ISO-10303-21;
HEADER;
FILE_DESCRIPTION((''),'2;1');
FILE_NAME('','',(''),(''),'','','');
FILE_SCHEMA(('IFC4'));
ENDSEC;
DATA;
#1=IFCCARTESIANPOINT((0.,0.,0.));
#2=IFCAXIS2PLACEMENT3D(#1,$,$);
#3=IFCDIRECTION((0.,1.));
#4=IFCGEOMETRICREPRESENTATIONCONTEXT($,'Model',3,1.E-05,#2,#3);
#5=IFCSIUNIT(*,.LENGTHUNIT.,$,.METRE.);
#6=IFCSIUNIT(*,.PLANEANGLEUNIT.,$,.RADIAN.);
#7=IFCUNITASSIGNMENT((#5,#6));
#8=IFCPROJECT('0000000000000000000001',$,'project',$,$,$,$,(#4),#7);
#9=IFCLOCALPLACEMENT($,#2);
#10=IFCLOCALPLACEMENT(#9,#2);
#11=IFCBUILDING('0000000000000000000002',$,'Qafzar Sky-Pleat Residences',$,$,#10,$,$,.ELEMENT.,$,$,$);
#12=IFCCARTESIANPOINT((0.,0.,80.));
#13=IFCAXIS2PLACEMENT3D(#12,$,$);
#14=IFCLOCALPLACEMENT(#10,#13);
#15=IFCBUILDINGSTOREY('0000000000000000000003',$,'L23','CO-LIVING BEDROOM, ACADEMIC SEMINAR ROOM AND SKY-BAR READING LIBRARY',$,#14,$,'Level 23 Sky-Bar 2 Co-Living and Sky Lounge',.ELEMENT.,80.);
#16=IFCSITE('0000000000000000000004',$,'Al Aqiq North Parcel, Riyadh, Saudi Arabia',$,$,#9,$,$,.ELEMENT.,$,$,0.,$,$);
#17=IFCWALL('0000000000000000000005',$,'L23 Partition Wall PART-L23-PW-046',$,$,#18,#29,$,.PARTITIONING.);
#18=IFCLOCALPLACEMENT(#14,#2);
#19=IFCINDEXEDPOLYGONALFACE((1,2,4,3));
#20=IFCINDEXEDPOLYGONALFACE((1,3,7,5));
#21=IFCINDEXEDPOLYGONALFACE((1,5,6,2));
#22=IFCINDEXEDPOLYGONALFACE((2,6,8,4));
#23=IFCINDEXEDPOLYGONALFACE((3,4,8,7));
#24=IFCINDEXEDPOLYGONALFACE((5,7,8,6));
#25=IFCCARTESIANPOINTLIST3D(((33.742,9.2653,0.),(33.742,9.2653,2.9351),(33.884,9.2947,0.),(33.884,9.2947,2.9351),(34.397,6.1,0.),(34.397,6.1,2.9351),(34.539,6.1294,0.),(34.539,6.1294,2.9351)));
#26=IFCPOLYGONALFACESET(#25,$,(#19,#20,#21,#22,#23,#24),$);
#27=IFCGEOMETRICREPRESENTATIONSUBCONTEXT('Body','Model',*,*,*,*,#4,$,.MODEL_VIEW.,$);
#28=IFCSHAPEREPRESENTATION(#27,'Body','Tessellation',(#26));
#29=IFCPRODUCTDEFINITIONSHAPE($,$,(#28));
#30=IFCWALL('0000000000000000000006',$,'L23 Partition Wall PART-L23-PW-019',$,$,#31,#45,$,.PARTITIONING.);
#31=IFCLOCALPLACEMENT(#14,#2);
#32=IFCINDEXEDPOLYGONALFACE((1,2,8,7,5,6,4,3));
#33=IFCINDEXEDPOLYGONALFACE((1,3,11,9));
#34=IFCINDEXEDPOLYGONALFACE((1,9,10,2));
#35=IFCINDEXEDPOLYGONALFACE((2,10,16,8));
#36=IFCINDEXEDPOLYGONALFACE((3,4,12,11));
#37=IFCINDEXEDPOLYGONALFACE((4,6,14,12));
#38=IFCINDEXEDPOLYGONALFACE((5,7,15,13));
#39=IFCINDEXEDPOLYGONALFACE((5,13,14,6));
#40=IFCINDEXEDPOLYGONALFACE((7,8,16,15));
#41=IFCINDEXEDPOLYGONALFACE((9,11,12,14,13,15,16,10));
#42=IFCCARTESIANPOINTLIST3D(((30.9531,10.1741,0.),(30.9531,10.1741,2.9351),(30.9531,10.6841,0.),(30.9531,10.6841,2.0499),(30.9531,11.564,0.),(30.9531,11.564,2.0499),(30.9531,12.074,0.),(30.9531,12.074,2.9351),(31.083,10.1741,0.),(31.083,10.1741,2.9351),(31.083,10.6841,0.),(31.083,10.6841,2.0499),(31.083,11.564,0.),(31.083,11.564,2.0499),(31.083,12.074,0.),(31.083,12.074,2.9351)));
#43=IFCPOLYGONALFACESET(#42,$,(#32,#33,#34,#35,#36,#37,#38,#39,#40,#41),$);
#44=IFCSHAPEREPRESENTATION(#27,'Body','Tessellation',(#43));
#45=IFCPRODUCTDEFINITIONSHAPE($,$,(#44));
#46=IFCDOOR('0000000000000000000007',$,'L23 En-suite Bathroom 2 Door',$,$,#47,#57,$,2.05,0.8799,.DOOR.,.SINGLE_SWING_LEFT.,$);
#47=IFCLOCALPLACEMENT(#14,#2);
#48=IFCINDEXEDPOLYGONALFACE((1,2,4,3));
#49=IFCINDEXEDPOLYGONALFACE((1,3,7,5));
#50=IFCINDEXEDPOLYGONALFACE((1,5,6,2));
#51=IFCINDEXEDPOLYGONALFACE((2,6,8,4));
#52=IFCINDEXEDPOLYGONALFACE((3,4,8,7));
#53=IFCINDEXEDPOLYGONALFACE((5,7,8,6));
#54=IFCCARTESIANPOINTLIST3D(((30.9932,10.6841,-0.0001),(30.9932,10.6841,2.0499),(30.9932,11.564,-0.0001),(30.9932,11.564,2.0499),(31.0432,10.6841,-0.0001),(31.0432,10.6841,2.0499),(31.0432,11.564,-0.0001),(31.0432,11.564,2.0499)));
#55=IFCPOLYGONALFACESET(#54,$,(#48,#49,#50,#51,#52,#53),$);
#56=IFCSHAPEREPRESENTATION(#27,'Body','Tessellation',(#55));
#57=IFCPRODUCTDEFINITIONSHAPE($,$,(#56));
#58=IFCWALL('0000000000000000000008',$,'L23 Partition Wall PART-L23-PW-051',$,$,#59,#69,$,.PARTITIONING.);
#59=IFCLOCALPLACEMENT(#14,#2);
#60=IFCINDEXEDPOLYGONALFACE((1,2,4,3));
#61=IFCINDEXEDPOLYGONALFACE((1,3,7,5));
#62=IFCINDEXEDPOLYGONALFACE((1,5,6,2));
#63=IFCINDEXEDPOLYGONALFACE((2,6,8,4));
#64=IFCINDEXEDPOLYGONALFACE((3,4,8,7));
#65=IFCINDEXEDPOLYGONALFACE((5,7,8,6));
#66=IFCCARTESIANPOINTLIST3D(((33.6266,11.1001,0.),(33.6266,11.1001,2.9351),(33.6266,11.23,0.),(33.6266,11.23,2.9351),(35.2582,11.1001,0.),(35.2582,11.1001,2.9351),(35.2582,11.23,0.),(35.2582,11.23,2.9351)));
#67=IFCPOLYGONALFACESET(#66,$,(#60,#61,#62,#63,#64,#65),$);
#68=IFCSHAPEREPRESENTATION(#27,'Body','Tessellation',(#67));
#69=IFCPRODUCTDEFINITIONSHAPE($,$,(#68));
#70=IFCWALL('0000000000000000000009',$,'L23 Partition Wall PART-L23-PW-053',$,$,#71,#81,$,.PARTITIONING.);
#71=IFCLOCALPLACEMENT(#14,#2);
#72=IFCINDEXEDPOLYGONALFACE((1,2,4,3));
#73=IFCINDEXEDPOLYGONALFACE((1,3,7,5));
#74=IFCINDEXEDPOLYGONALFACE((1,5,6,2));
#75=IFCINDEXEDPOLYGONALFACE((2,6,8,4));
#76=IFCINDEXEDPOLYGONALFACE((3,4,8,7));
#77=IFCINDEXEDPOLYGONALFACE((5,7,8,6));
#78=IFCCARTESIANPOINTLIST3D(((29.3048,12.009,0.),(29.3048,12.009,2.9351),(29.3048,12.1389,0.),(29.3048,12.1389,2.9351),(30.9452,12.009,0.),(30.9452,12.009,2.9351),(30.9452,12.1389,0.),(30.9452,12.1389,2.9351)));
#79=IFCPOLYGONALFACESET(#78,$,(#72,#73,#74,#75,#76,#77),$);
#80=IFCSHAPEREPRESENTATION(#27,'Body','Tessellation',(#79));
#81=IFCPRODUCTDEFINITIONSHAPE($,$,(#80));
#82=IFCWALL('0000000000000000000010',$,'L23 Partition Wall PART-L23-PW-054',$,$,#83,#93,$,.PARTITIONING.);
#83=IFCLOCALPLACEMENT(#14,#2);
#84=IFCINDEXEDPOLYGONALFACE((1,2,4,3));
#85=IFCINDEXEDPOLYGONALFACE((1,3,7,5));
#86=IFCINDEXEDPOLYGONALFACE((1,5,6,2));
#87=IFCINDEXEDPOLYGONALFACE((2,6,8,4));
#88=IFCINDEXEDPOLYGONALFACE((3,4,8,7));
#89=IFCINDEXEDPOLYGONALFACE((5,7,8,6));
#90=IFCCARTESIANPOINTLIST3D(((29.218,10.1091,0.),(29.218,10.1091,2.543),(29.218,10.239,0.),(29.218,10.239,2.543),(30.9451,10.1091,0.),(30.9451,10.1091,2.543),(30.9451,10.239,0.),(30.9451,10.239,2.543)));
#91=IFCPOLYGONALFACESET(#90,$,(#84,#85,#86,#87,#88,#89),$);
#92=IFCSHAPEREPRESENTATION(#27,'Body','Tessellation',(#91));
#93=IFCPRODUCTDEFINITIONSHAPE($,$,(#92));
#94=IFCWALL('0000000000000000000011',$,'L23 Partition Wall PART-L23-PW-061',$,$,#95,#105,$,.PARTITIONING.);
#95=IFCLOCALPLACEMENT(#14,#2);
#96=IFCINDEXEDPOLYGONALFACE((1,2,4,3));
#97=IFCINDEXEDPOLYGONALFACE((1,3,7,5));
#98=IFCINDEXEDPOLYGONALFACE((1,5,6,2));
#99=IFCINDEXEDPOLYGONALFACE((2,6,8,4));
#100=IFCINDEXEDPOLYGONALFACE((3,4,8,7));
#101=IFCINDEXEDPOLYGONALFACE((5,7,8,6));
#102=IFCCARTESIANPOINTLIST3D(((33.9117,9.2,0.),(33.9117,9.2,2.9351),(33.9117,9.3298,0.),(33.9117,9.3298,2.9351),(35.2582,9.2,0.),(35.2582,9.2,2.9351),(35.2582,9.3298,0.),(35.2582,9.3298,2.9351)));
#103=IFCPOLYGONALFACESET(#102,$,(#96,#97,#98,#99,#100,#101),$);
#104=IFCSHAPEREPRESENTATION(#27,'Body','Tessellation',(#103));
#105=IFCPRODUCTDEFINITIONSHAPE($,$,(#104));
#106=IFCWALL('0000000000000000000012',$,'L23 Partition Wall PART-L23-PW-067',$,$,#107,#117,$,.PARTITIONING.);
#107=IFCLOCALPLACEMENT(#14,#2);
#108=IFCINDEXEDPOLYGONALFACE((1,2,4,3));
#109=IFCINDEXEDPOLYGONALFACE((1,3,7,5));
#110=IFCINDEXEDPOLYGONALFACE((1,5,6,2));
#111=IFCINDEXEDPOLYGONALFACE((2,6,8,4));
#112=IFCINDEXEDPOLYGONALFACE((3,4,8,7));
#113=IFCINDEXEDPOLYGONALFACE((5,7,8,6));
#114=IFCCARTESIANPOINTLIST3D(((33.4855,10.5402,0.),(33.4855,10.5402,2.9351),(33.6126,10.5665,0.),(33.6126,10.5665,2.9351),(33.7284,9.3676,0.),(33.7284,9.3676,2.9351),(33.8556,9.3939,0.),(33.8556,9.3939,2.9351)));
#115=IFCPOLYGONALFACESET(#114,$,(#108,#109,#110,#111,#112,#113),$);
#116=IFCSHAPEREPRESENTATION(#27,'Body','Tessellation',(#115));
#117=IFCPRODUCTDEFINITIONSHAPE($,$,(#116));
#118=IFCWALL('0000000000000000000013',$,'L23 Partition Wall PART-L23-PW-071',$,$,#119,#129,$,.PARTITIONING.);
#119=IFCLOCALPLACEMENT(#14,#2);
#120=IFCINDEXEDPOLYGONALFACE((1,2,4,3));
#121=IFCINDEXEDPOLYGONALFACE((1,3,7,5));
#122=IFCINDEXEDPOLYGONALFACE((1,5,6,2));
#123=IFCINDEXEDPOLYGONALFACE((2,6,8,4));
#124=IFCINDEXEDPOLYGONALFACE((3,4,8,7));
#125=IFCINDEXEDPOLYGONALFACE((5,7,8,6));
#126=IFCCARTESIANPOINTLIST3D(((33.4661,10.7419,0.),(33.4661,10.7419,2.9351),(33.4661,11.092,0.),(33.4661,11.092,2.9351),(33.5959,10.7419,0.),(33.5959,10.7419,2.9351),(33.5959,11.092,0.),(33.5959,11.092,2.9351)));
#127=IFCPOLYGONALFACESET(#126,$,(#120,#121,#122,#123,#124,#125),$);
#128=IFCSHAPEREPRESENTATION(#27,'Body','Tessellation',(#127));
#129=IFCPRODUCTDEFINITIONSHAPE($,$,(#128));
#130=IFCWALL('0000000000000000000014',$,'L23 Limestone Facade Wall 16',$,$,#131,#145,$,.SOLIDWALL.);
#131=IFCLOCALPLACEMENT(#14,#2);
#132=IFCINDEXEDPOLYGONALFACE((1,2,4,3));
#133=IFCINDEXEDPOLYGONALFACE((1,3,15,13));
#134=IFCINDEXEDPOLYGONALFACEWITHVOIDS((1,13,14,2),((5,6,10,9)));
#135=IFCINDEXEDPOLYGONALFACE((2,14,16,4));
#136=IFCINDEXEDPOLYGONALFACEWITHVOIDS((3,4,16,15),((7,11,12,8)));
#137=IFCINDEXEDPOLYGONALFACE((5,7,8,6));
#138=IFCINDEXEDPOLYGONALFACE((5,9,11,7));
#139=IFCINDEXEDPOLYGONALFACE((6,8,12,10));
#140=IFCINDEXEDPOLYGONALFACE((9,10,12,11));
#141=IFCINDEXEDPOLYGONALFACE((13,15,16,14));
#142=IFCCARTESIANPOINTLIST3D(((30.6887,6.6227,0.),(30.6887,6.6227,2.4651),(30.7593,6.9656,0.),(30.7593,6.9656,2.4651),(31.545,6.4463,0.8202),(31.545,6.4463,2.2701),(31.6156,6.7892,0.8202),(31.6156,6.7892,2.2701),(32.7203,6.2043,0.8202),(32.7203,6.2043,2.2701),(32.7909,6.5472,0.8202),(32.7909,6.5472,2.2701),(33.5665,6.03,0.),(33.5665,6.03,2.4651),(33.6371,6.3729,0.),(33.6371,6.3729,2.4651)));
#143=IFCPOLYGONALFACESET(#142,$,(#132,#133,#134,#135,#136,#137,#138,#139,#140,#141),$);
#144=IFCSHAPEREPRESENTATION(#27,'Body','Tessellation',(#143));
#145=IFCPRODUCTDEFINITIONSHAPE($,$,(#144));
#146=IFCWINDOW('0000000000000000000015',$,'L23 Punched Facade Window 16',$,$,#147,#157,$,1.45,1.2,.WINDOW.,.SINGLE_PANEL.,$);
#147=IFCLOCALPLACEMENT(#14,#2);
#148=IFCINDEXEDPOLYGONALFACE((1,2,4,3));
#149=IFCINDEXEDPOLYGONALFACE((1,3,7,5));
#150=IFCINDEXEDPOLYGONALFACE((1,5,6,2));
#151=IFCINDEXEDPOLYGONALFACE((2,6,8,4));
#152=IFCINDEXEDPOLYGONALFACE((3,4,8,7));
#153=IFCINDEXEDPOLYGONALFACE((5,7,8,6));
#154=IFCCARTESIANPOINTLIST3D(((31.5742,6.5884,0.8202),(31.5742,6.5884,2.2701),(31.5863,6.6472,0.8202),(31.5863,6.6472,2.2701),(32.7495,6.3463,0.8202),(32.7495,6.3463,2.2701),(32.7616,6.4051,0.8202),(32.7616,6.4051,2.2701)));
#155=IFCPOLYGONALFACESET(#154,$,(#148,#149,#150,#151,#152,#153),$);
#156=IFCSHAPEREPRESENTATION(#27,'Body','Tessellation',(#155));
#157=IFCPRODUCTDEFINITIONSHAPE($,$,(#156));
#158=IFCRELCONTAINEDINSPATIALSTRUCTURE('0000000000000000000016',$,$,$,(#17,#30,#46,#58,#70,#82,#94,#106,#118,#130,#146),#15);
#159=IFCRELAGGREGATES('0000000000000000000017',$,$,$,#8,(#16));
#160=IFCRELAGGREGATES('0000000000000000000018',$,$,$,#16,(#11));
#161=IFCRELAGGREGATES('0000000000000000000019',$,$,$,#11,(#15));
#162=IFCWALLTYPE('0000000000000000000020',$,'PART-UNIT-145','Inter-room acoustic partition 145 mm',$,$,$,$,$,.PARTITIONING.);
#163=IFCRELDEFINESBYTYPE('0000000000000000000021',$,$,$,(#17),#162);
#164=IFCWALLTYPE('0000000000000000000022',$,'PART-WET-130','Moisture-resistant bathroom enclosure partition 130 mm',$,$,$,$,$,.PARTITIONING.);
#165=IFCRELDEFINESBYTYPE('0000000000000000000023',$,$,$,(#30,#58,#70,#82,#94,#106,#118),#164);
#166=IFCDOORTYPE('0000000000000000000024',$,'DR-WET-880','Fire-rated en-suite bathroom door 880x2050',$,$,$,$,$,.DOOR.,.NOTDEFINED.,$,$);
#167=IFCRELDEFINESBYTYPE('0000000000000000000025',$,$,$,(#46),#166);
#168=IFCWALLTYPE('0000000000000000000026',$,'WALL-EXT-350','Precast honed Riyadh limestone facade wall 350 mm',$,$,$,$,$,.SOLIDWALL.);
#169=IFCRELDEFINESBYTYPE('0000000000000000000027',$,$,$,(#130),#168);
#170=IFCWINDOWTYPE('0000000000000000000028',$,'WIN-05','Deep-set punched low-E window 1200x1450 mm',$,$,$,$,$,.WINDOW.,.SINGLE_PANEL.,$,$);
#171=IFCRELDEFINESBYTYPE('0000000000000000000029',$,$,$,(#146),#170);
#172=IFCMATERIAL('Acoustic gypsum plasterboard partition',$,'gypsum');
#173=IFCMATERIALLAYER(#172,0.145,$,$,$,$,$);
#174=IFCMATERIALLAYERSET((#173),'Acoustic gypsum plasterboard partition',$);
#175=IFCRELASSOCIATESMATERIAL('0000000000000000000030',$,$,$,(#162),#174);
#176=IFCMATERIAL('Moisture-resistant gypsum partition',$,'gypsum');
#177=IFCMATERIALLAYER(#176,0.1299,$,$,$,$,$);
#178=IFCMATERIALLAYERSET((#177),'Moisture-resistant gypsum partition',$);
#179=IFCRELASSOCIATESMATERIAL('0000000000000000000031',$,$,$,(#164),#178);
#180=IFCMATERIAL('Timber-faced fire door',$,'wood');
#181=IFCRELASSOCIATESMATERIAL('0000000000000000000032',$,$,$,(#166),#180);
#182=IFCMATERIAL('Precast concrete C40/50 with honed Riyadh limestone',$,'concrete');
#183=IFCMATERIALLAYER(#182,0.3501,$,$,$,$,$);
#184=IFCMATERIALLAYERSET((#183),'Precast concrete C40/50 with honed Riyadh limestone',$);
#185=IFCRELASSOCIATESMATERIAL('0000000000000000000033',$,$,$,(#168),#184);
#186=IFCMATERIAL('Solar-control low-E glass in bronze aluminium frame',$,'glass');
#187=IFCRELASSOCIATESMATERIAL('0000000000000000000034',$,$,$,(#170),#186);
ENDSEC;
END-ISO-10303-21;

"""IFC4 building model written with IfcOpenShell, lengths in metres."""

from ifc_helpers import new_model, si_unit, direction, frame, frame_2d, origin, place, context, subcontext, project, spatial, rectangle, extrude, source, transform, mapped, material, layer, layer_set, type_object, element, fill, save


model = new_model("IFC4")

# Units and contexts
model_context = context("Model", 3, precision=1e-05, world=origin(), true_north=direction((0.0, 1.0)))
body_context = subcontext(model_context, "Body", "Model", "MODEL_VIEW")
ifc_project = project(units=[si_unit("LENGTHUNIT", "METRE"), si_unit("PLANEANGLEUNIT", "RADIAN")], contexts=[model_context])

# Site, building, storey
site_placement = place(None, origin())
site = spatial("IfcSite", under=ifc_project, at=site_placement, Name="Al Aqiq North Parcel, Riyadh, Saudi Arabia", CompositionType="ELEMENT", RefElevation=0.0)
building_placement = place(site_placement, origin())
building = spatial("IfcBuilding", under=site, at=building_placement, Name="Qafzar Sky-Pleat Residences", CompositionType="ELEMENT")
storey_placement = place(building_placement, frame((0.0, 0.0, 80.0)))
storey = spatial("IfcBuildingStorey", under=building, at=storey_placement, Name="L23", Description="CO-LIVING BEDROOM, ACADEMIC SEMINAR ROOM AND SKY-BAR READING LIBRARY", LongName="Level 23 Sky-Bar 2 Co-Living and Sky Lounge", CompositionType="ELEMENT", Elevation=80.0)

# Wall
ifc_material_1 = material(Name="Acoustic gypsum plasterboard partition", Category="gypsum")
ifc_layer_1 = layer(ifc_material_1, 0.145)
ifc_layer_set_1 = layer_set([ifc_layer_1], Name="Acoustic gypsum plasterboard partition")
wall_type_1 = type_object("IfcWallType", Name="PART-UNIT-145", Description="Inter-room acoustic partition 145 mm", PredefinedType="PARTITIONING", material=ifc_layer_set_1)
wall_1_placement = place(storey_placement, frame((33.813, 9.28, 0.0), z_axis=(0.0, 0.0, 1.0), x_axis=(0.202648, -0.979252, 0.0)))
element("IfcWall", 1, at=wall_1_placement, inside=storey, type_object=wall_type_1, Name="L23 Partition Wall PART-L23-PW-046", PredefinedType="PARTITIONING", context=body_context, shape_type="SweptSolid", body=[
    extrude(rectangle(XDim=3.2324, YDim=0.145, at=frame_2d((1.6162, 0.0))), origin(), (0.0, 0.0, 1.0), 2.9351),
])

# Wall, opening, door
ifc_material_2 = material(Name="Moisture-resistant gypsum partition", Category="gypsum")
ifc_layer_2 = layer(ifc_material_2, 0.1299)
ifc_layer_set_2 = layer_set([ifc_layer_2], Name="Moisture-resistant gypsum partition")
wall_type_2 = type_object("IfcWallType", Name="PART-WET-130", Description="Moisture-resistant bathroom enclosure partition 130 mm", PredefinedType="PARTITIONING", material=ifc_layer_set_2)
wall_2_placement = place(storey_placement, frame((31.0181, 10.1741, 0.0), z_axis=(0.0, 0.0, 1.0), x_axis=(0.0, 1.0, 0.0)))
wall_2 = element("IfcWall", 2, at=wall_2_placement, inside=storey, type_object=wall_type_2, Name="L23 Partition Wall PART-L23-PW-019", PredefinedType="PARTITIONING", context=body_context, shape_type="SweptSolid", body=[
    extrude(rectangle(XDim=1.8999, YDim=0.1299, at=frame_2d((0.95, 0.0))), origin(), (0.0, 0.0, 1.0), 2.9351),
])
opening_1_placement = place(wall_2_placement, frame((0.51, 0.0, 0.0)))
opening_1 = element("IfcOpeningElement", 3, at=opening_1_placement, cuts=wall_2, PredefinedType="OPENING", context=body_context, shape_type="SweptSolid", body=[
    extrude(rectangle(XDim=0.8799, YDim=2.05, at=frame_2d((0.4399, 1.0249))), frame((0.0, 0.075, 0.0), z_axis=(0.0, -1.0, 0.0), x_axis=(1.0, 0.0, 0.0)), (0.0, 0.0, 1.0), 0.1499),
])
ifc_material_3 = material(Name="Timber-faced fire door", Category="wood")
door_type = type_object("IfcDoorType", Name="DR-WET-880", Description="Fire-rated en-suite bathroom door 880x2050", OperationType="NOTDEFINED", PredefinedType="DOOR", material=ifc_material_3)
shared_shape_1 = source(origin(), body_context, "Body", "SweptSolid", [
    extrude(rectangle(XDim=0.8799, YDim=2.05, at=frame_2d((0.4399, 1.0249))), frame((0.0, 0.0249, 0.0), z_axis=(0.0, -1.0, 0.0), x_axis=(1.0, 0.0, 0.0)), (0.0, 0.0, 1.0), 0.05),
])
door_placement = place(opening_1_placement, origin())
door = element("IfcDoor", 4, at=door_placement, inside=storey, type_object=door_type, Name="L23 En-suite Bathroom 2 Door", OperationType="SINGLE_SWING_LEFT", OverallHeight=2.05, OverallWidth=0.8799, PredefinedType="DOOR", context=body_context, shape_type="MappedRepresentation", body=[
    mapped(shared_shape_1, transform((0.0, 0.0, 0.0), x_axis=(1.0, 0.0, 0.0), y_axis=(0.0, 1.0, 0.0), z_axis=(0.0, 0.0, 1.0), scale=1.0)),
])
fill(opening_1, door)

# Walls
wall_3_placement = place(storey_placement, frame((33.6265, 11.165, 0.0), z_axis=(0.0, 0.0, 1.0), x_axis=(1.0, 0.0, 0.0)))
element("IfcWall", 5, at=wall_3_placement, inside=storey, type_object=wall_type_2, Name="L23 Partition Wall PART-L23-PW-051", PredefinedType="PARTITIONING", context=body_context, shape_type="SweptSolid", body=[
    extrude(rectangle(XDim=1.6316, YDim=0.1299, at=frame_2d((0.8159, 0.0))), origin(), (0.0, 0.0, 1.0), 2.9351),
])
wall_4_placement = place(storey_placement, frame((29.3047, 12.074, 0.0), z_axis=(0.0, 0.0, 1.0), x_axis=(1.0, 0.0, 0.0)))
element("IfcWall", 6, at=wall_4_placement, inside=storey, type_object=wall_type_2, Name="L23 Partition Wall PART-L23-PW-053", PredefinedType="PARTITIONING", context=body_context, shape_type="SweptSolid", body=[
    extrude(rectangle(XDim=1.6404, YDim=0.1299, at=frame_2d((0.8203, 0.0))), origin(), (0.0, 0.0, 1.0), 2.9351),
])
wall_5_placement = place(storey_placement, frame((29.218, 10.1741, 0.0), z_axis=(0.0, 0.0, 1.0), x_axis=(1.0, 0.0, 0.0)))
element("IfcWall", 7, at=wall_5_placement, inside=storey, type_object=wall_type_2, Name="L23 Partition Wall PART-L23-PW-054", PredefinedType="PARTITIONING", context=body_context, shape_type="SweptSolid", body=[
    extrude(rectangle(XDim=1.7271, YDim=0.1299, at=frame_2d((0.8635, 0.0))), origin(), (0.0, 0.0, 1.0), 2.543),
])
wall_6_placement = place(storey_placement, frame((33.9116, 9.2649, 0.0), z_axis=(0.0, 0.0, 1.0), x_axis=(1.0, 0.0, 0.0)))
element("IfcWall", 8, at=wall_6_placement, inside=storey, type_object=wall_type_2, Name="L23 Partition Wall PART-L23-PW-061", PredefinedType="PARTITIONING", context=body_context, shape_type="SweptSolid", body=[
    extrude(rectangle(XDim=1.3464, YDim=0.1299, at=frame_2d((0.6733, 0.0))), origin(), (0.0, 0.0, 1.0), 2.9351),
])
wall_7_placement = place(storey_placement, frame((33.5491, 10.5532, 0.0), z_axis=(0.0, 0.0, 1.0), x_axis=(0.202855, -0.979209, 0.0)))
element("IfcWall", 9, at=wall_7_placement, inside=storey, type_object=wall_type_2, Name="L23 Partition Wall PART-L23-PW-067", PredefinedType="PARTITIONING", context=body_context, shape_type="SweptSolid", body=[
    extrude(rectangle(XDim=1.1975, YDim=0.1299, at=frame_2d((0.5986, 0.0))), origin(), (0.0, 0.0, 1.0), 2.9351),
])
wall_8_placement = place(storey_placement, frame((33.531, 10.7419, 0.0), z_axis=(0.0, 0.0, 1.0), x_axis=(0.0, 1.0, 0.0)))
element("IfcWall", 10, at=wall_8_placement, inside=storey, type_object=wall_type_2, Name="L23 Partition Wall PART-L23-PW-071", PredefinedType="PARTITIONING", context=body_context, shape_type="SweptSolid", body=[
    extrude(rectangle(XDim=0.3501, YDim=0.1299, at=frame_2d((0.175, 0.0))), origin(), (0.0, 0.0, 1.0), 2.9351),
])

# Wall, opening, window
ifc_material_4 = material(Name="Precast concrete C40/50 with honed Riyadh limestone", Category="concrete")
ifc_layer_3 = layer(ifc_material_4, 0.3501)
ifc_layer_set_3 = layer_set([ifc_layer_3], Name="Precast concrete C40/50 with honed Riyadh limestone")
wall_type_3 = type_object("IfcWallType", Name="WALL-EXT-350", Description="Precast honed Riyadh limestone facade wall 350 mm", PredefinedType="SOLIDWALL", material=ifc_layer_set_3)
wall_9_placement = place(storey_placement, frame((30.7239, 6.7942, 0.0), z_axis=(0.0, 0.0, 1.0), x_axis=(0.97944, -0.201737, 0.0)))
wall_9 = element("IfcWall", 11, at=wall_9_placement, inside=storey, type_object=wall_type_3, Name="L23 Limestone Facade Wall 16", PredefinedType="SOLIDWALL", context=body_context, shape_type="SweptSolid", body=[
    extrude(rectangle(XDim=2.9382, YDim=0.3501, at=frame_2d((1.4692, 0.0))), origin(), (0.0, 0.0, 1.0), 2.4651),
])
opening_2_placement = place(wall_9_placement, frame((0.8743, 0.0, 0.8201)))
opening_2 = element("IfcOpeningElement", 12, at=opening_2_placement, cuts=wall_9, PredefinedType="OPENING", context=body_context, shape_type="SweptSolid", body=[
    extrude(rectangle(XDim=1.2, YDim=1.45, at=frame_2d((0.6001, 0.7251))), frame((0.0, 0.1851, 0.0), z_axis=(0.0, -1.0, 0.0), x_axis=(1.0, 0.0, 0.0)), (0.0, 0.0, 1.0), 0.3701),
])
ifc_material_5 = material(Name="Solar-control low-E glass in bronze aluminium frame", Category="glass")
window_type_1 = type_object("IfcWindowType", Name="WIN-05", Description="Deep-set punched low-E window 1200x1450 mm", PartitioningType="SINGLE_PANEL", PredefinedType="WINDOW", material=ifc_material_5)
shared_shape_2 = source(origin(), body_context, "Body", "SweptSolid", [
    extrude(rectangle(XDim=1.2, YDim=1.45, at=frame_2d((0.6001, 0.7251))), frame((0.0, 0.03, 0.0), z_axis=(0.0, -1.0, 0.0), x_axis=(1.0, 0.0, 0.0)), (0.0, 0.0, 1.0), 0.0601),
])
window_1_placement = place(opening_2_placement, origin())
window_1 = element("IfcWindow", 13, at=window_1_placement, inside=storey, type_object=window_type_1, Name="L23 Punched Facade Window 16", OverallHeight=1.45, OverallWidth=1.2, PartitioningType="SINGLE_PANEL", PredefinedType="WINDOW", context=body_context, shape_type="MappedRepresentation", body=[
    mapped(shared_shape_2, transform((0.0, 0.0, 0.0), x_axis=(1.0, 0.0, 0.0), y_axis=(0.0, 1.0, 0.0), z_axis=(0.0, 0.0, 1.0), scale=1.0)),
])
fill(opening_2, window_1)

save(model, "model.ifc")
